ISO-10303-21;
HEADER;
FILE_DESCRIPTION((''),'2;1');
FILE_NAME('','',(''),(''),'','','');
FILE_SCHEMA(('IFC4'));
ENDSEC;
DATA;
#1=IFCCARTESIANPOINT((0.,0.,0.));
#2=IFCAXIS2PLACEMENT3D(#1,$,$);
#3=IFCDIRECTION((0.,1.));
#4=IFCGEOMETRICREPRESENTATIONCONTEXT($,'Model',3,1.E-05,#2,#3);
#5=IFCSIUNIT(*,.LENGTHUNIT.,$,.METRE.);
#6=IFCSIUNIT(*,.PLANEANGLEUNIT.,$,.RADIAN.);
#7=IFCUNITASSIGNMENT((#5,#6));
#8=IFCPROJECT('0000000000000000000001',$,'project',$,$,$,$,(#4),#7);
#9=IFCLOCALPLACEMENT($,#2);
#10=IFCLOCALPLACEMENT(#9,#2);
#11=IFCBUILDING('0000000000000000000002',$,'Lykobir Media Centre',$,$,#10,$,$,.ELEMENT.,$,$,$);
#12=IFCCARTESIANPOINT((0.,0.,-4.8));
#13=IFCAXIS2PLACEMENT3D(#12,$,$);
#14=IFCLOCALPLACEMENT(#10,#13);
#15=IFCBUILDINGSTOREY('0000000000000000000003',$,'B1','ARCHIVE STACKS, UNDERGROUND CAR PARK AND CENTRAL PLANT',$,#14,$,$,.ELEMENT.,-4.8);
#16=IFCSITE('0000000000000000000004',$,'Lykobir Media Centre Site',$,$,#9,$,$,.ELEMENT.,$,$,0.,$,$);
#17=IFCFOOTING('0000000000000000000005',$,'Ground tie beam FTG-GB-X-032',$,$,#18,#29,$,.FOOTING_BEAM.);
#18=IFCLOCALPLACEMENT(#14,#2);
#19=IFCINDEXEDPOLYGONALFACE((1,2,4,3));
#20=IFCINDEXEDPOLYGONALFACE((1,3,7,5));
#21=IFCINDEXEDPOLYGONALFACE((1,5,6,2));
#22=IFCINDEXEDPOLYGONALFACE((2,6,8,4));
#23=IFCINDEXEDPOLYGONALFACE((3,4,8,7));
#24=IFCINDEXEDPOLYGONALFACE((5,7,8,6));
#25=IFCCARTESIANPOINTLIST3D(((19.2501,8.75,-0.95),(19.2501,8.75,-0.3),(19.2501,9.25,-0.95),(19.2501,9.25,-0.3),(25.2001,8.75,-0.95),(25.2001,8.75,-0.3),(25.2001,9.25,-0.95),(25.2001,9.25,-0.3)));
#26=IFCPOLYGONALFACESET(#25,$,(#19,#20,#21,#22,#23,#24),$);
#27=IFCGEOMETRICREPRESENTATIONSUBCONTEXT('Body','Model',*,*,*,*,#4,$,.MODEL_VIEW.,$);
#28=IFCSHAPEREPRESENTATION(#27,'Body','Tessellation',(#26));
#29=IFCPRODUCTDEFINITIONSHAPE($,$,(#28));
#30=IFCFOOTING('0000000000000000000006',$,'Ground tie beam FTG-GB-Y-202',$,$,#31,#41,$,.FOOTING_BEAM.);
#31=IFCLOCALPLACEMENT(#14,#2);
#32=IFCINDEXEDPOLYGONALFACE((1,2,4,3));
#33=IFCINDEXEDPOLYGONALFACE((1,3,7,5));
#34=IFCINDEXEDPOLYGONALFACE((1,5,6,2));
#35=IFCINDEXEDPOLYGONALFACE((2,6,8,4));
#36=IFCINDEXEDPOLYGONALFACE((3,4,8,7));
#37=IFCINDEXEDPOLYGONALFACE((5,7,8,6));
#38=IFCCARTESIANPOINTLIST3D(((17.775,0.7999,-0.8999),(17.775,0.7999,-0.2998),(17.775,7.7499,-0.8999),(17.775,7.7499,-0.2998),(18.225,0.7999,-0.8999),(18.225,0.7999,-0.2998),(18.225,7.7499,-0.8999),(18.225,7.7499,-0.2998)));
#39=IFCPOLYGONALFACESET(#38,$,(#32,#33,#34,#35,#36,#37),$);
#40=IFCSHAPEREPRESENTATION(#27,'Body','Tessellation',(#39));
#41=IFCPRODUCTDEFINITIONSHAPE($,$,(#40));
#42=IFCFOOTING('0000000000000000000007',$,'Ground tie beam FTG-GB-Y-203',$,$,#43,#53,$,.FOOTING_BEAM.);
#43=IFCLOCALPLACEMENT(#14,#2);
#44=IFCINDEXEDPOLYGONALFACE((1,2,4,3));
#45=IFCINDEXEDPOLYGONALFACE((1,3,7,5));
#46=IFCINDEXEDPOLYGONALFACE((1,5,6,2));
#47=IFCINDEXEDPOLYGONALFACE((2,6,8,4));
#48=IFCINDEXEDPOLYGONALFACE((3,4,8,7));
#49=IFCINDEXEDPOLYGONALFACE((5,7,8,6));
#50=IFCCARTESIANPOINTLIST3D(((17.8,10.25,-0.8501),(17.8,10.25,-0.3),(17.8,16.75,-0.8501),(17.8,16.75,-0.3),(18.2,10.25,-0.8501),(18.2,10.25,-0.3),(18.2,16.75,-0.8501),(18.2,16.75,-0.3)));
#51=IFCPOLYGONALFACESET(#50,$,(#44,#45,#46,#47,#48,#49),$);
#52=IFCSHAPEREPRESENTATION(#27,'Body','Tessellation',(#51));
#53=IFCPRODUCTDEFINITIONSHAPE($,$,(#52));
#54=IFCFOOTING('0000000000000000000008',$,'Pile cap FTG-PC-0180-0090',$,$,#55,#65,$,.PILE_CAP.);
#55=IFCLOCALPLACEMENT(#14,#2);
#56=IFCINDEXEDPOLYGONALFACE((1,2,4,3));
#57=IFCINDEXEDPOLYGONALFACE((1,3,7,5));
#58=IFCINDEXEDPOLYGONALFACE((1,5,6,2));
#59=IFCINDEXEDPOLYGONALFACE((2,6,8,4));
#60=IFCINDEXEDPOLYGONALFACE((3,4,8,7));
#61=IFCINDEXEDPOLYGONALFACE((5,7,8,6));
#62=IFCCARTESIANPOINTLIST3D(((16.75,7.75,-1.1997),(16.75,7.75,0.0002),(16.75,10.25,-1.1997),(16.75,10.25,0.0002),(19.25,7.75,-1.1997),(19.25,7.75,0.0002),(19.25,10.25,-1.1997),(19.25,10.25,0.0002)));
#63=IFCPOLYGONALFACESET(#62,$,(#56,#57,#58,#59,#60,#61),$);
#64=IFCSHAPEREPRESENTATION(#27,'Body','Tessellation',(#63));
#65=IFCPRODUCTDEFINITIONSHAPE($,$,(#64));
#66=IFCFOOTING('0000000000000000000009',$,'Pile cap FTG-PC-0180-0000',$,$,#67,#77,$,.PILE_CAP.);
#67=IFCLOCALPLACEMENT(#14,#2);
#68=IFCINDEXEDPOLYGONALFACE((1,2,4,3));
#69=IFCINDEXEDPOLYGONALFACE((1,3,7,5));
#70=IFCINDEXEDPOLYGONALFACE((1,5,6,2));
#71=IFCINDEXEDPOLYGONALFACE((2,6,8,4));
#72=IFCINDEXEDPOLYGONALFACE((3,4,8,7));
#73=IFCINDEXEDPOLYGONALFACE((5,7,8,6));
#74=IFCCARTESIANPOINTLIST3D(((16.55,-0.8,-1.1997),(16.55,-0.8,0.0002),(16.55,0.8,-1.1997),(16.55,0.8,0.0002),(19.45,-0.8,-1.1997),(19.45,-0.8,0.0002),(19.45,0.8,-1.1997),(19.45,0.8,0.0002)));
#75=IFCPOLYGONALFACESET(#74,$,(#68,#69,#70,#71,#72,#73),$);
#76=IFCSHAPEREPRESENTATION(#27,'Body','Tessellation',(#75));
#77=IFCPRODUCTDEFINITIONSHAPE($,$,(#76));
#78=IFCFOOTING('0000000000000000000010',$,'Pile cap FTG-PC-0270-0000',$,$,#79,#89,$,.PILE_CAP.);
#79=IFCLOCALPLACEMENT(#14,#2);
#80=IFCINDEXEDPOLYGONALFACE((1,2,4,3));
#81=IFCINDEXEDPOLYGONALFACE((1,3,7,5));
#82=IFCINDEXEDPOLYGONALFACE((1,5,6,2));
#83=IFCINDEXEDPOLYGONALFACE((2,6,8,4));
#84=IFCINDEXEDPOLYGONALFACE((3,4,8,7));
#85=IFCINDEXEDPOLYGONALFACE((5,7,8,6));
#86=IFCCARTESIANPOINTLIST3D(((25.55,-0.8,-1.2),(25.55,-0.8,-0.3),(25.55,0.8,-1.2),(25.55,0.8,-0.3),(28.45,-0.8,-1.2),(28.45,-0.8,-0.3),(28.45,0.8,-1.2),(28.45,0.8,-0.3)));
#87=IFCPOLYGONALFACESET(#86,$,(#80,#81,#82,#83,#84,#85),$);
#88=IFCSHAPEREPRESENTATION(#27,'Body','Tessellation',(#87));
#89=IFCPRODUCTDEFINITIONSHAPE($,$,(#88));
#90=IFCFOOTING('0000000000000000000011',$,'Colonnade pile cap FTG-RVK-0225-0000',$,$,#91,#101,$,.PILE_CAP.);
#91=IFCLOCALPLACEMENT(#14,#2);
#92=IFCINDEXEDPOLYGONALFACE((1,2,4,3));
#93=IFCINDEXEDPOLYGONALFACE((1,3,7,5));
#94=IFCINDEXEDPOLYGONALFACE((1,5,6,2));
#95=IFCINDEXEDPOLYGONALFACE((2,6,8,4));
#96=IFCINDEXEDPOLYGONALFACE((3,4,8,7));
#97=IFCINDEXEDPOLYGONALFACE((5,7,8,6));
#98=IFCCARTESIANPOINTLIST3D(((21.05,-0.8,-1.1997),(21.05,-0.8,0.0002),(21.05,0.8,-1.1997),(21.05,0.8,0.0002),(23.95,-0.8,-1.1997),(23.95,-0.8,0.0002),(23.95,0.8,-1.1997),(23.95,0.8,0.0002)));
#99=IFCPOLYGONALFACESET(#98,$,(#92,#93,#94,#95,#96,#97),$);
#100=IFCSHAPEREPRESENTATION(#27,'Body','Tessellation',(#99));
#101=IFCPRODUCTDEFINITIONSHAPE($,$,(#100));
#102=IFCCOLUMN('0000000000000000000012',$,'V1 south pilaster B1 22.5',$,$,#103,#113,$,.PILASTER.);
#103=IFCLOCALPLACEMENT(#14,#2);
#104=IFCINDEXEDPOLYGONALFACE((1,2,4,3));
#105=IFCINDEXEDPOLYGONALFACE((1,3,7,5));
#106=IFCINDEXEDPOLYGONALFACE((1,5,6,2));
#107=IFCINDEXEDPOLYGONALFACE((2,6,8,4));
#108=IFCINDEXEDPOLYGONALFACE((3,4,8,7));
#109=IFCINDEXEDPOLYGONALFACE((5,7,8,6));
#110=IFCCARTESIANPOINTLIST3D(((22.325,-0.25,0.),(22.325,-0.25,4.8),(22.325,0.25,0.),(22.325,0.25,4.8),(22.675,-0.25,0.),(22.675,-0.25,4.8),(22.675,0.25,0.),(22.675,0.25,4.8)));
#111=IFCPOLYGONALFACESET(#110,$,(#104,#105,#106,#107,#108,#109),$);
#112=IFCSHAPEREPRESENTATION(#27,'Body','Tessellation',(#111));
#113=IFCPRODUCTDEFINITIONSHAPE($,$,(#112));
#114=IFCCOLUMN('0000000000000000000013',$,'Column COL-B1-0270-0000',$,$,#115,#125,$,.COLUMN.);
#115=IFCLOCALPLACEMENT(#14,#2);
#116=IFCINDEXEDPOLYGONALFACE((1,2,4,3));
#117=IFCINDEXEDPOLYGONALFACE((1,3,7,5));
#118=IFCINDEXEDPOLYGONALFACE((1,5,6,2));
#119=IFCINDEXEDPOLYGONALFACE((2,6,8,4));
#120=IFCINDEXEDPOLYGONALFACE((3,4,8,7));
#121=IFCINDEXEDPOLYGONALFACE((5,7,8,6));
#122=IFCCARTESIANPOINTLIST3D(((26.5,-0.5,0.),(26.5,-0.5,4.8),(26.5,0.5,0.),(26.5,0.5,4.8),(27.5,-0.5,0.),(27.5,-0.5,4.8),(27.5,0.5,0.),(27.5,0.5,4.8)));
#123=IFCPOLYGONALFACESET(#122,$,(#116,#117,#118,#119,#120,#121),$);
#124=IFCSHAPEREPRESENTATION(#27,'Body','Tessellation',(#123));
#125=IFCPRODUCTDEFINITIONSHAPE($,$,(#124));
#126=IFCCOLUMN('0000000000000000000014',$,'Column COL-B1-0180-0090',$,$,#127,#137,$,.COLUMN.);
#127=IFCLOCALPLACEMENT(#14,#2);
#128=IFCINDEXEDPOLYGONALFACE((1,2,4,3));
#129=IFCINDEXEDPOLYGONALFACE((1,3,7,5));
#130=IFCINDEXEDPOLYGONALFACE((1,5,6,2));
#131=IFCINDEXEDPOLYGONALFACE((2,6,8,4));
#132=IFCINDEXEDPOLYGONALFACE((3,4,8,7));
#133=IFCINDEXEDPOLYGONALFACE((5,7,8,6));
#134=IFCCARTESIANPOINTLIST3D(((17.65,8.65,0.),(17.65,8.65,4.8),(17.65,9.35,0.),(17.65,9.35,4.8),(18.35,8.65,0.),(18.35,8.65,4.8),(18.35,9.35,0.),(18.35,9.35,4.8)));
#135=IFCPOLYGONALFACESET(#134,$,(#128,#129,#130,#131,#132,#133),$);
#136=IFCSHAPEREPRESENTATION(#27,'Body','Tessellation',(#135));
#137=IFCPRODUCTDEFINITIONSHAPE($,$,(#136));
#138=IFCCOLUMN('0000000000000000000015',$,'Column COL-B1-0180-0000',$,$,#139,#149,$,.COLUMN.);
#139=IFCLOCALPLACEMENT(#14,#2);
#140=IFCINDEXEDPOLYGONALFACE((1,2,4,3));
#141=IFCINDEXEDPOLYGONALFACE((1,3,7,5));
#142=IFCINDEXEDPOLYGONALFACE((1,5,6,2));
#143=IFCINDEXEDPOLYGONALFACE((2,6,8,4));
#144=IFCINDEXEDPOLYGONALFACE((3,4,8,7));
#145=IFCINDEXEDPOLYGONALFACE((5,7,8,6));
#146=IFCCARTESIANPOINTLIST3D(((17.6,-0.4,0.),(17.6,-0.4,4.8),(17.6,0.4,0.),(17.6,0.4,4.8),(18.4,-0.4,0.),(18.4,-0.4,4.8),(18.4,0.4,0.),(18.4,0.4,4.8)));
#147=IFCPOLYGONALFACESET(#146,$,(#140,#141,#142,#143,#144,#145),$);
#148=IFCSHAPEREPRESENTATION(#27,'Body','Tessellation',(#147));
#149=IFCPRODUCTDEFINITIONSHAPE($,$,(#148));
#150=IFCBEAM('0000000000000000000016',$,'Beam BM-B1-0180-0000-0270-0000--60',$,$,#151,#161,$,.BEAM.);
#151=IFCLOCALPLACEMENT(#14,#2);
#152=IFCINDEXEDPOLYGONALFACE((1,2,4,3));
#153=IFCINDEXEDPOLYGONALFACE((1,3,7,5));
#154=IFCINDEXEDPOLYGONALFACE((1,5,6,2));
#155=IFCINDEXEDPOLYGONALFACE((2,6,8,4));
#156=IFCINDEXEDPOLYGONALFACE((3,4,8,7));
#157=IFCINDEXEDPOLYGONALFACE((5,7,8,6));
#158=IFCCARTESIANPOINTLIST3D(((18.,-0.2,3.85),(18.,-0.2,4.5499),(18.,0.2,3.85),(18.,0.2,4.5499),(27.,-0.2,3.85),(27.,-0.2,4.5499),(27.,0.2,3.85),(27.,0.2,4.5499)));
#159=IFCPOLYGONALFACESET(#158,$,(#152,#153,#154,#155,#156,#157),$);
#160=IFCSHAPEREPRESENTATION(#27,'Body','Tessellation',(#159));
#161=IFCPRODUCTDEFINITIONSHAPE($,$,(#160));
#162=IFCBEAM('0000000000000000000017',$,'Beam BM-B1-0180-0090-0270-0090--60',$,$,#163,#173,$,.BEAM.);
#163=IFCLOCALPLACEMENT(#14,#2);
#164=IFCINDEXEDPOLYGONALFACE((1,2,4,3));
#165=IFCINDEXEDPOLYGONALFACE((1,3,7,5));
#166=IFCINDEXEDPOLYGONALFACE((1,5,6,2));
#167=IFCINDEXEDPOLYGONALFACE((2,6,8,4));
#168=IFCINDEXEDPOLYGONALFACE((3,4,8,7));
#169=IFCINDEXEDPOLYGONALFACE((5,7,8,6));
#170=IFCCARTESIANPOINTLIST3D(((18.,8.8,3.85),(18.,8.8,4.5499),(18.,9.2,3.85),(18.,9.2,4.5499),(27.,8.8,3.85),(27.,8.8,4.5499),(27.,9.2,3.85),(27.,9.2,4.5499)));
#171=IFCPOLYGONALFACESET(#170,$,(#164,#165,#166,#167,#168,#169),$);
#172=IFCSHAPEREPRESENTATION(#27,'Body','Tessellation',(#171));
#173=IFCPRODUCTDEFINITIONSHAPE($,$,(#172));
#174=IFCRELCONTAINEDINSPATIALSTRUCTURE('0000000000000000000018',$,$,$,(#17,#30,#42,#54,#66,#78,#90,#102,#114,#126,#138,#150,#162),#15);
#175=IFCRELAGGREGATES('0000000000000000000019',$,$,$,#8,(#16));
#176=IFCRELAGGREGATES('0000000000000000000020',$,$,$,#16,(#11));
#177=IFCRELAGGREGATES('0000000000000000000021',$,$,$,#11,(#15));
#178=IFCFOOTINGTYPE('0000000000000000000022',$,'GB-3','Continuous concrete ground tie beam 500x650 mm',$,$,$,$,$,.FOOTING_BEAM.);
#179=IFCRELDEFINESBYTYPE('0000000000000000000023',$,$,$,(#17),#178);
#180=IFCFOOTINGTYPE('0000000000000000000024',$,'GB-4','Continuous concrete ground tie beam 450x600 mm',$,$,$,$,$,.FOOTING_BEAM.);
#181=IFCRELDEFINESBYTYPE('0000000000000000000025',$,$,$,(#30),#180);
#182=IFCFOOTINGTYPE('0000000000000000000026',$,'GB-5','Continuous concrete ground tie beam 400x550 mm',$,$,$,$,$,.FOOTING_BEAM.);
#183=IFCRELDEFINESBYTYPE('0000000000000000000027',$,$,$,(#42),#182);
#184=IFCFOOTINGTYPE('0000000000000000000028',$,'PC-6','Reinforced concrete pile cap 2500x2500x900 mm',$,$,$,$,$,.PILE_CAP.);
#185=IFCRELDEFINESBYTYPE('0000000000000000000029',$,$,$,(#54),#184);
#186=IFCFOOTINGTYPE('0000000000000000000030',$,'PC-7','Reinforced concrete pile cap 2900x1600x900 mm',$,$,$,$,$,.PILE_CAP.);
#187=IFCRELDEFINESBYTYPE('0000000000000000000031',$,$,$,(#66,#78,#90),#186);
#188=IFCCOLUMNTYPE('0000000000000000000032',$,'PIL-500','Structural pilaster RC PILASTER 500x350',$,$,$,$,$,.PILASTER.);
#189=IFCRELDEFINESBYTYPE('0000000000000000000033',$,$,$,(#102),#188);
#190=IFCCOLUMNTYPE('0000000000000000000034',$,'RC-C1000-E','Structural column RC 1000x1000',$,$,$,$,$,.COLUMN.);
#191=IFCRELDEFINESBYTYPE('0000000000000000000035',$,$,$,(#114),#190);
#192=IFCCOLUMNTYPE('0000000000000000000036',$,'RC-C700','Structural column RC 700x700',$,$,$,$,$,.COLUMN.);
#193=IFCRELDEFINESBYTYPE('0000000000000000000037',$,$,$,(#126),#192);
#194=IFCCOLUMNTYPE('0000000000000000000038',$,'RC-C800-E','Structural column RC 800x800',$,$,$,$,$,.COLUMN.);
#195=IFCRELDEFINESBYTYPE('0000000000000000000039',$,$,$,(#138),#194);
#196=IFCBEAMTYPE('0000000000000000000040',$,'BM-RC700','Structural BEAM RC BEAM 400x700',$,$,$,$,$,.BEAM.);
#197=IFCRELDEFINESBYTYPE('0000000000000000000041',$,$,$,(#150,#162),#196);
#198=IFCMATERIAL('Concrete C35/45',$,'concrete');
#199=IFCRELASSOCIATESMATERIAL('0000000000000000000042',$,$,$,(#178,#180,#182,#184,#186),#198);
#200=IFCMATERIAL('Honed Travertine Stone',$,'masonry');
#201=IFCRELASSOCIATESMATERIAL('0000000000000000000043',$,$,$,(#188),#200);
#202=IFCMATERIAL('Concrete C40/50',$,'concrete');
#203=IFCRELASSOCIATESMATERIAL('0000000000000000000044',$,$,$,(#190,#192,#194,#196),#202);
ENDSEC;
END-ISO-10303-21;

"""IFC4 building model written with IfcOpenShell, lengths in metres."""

from ifc_helpers import new_model, si_unit, direction, frame, origin, origin_2d, place, context, subcontext, project, spatial, rectangle, extrude, material, material_profile, profile_set, type_object, element, save


model = new_model("IFC4")

# Units and contexts
model_context = context("Model", 3, precision=1e-05, world=origin(), true_north=direction((0.0, 1.0)))
body_context = subcontext(model_context, "Body", "Model", "MODEL_VIEW")
ifc_project = project(units=[si_unit("LENGTHUNIT", "METRE"), si_unit("PLANEANGLEUNIT", "RADIAN")], contexts=[model_context])

# Site, building, storey
site_placement = place(None, origin())
site = spatial("IfcSite", under=ifc_project, at=site_placement, Name="Lykobir Media Centre Site", CompositionType="ELEMENT", RefElevation=0.0)
building_placement = place(site_placement, origin())
building = spatial("IfcBuilding", under=site, at=building_placement, Name="Lykobir Media Centre", CompositionType="ELEMENT")
storey_placement = place(building_placement, frame((0.0, 0.0, -4.8)))
storey = spatial("IfcBuildingStorey", under=building, at=storey_placement, Name="B1", Description="ARCHIVE STACKS, UNDERGROUND CAR PARK AND CENTRAL PLANT", CompositionType="ELEMENT", Elevation=-4.8)

# Footings
ifc_material_1 = material(Name="Concrete C35/45", Category="concrete")
footing_type_1 = type_object("IfcFootingType", Name="GB-3", Description="Continuous concrete ground tie beam 500x650 mm", PredefinedType="FOOTING_BEAM", material=ifc_material_1)
footing_1_placement = place(storey_placement, frame((22.2251, 9.0, -0.95), z_axis=(0.0, 0.0, 1.0), x_axis=(1.0, 0.0, 0.0)))
element("IfcFooting", 1, at=footing_1_placement, inside=storey, type_object=footing_type_1, Name="Ground tie beam FTG-GB-X-032", PredefinedType="FOOTING_BEAM", context=body_context, shape_type="SweptSolid", body=[
    extrude(rectangle(XDim=5.95, YDim=0.5, at=origin_2d()), origin(), (0.0, 0.0, 1.0), 0.6499),
])
footing_type_2 = type_object("IfcFootingType", Name="GB-4", Description="Continuous concrete ground tie beam 450x600 mm", PredefinedType="FOOTING_BEAM", material=ifc_material_1)
footing_2_placement = place(storey_placement, frame((18.0, 4.2749, -0.8999), z_axis=(0.0, 0.0, 1.0), x_axis=(0.0, 1.0, 0.0)))
element("IfcFooting", 2, at=footing_2_placement, inside=storey, type_object=footing_type_2, Name="Ground tie beam FTG-GB-Y-202", PredefinedType="FOOTING_BEAM", context=body_context, shape_type="SweptSolid", body=[
    extrude(rectangle(XDim=6.95, YDim=0.45, at=origin_2d()), origin(), (0.0, 0.0, 1.0), 0.6001),
])
footing_type_3 = type_object("IfcFootingType", Name="GB-5", Description="Continuous concrete ground tie beam 400x550 mm", PredefinedType="FOOTING_BEAM", material=ifc_material_1)
footing_3_placement = place(storey_placement, frame((18.0, 13.5, -0.8501), z_axis=(0.0, 0.0, 1.0), x_axis=(0.0, 1.0, 0.0)))
element("IfcFooting", 3, at=footing_3_placement, inside=storey, type_object=footing_type_3, Name="Ground tie beam FTG-GB-Y-203", PredefinedType="FOOTING_BEAM", context=body_context, shape_type="SweptSolid", body=[
    extrude(rectangle(XDim=6.5, YDim=0.3999, at=origin_2d()), origin(), (0.0, 0.0, 1.0), 0.55),
])
footing_type_4 = type_object("IfcFootingType", Name="PC-6", Description="Reinforced concrete pile cap 2500x2500x900 mm", PredefinedType="PILE_CAP", material=ifc_material_1)
footing_4_placement = place(storey_placement, frame((18.0, 9.0, -1.1997), z_axis=(0.0, 0.0, 1.0), x_axis=(1.0, 0.0, 0.0)))
element("IfcFooting", 4, at=footing_4_placement, inside=storey, type_object=footing_type_4, Name="Pile cap FTG-PC-0180-0090", PredefinedType="PILE_CAP", context=body_context, shape_type="SweptSolid", body=[
    extrude(rectangle(XDim=2.5, YDim=2.5, at=origin_2d()), origin(), (0.0, 0.0, 1.0), 1.2),
])
footing_type_5 = type_object("IfcFootingType", Name="PC-7", Description="Reinforced concrete pile cap 2900x1600x900 mm", PredefinedType="PILE_CAP", material=ifc_material_1)
footing_5_placement = place(storey_placement, frame((18.0, 0.0, -1.1997), z_axis=(0.0, 0.0, 1.0), x_axis=(1.0, 0.0, 0.0)))
element("IfcFooting", 5, at=footing_5_placement, inside=storey, type_object=footing_type_5, Name="Pile cap FTG-PC-0180-0000", PredefinedType="PILE_CAP", context=body_context, shape_type="SweptSolid", body=[
    extrude(rectangle(XDim=2.8999, YDim=1.6001, at=origin_2d()), origin(), (0.0, 0.0, 1.0), 1.2),
])
footing_6_placement = place(storey_placement, frame((27.0, 0.0, -1.2), z_axis=(0.0, 0.0, 1.0), x_axis=(1.0, 0.0, 0.0)))
element("IfcFooting", 6, at=footing_6_placement, inside=storey, type_object=footing_type_5, Name="Pile cap FTG-PC-0270-0000", PredefinedType="PILE_CAP", context=body_context, shape_type="SweptSolid", body=[
    extrude(rectangle(XDim=2.8999, YDim=1.6001, at=origin_2d()), origin(), (0.0, 0.0, 1.0), 0.8999),
])
footing_7_placement = place(storey_placement, frame((22.5, 0.0, -1.1997), z_axis=(0.0, 0.0, 1.0), x_axis=(1.0, 0.0, 0.0)))
element("IfcFooting", 7, at=footing_7_placement, inside=storey, type_object=footing_type_5, Name="Colonnade pile cap FTG-RVK-0225-0000", PredefinedType="PILE_CAP", context=body_context, shape_type="SweptSolid", body=[
    extrude(rectangle(XDim=2.8999, YDim=1.6001, at=origin_2d()), origin(), (0.0, 0.0, 1.0), 1.2),
])

# Columns
ifc_material_2 = material(Name="Honed Travertine Stone", Category="masonry")
ifc_material_profile_1 = material_profile(ifc_material_2, rectangle(XDim=0.3501, YDim=0.5, at=origin_2d()), Name="RC PILASTER 500x350")
ifc_profile_set_1 = profile_set([ifc_material_profile_1], Name="Honed Travertine Stone")
column_type_1 = type_object("IfcColumnType", Name="PIL-500", Description="Structural pilaster RC PILASTER 500x350", PredefinedType="PILASTER", material=ifc_profile_set_1)
column_1_placement = place(storey_placement, frame((22.5, 0.0, 0.0), z_axis=(0.0, 0.0, 1.0), x_axis=(1.0, 0.0, 0.0)))
element("IfcColumn", 8, at=column_1_placement, inside=storey, type_object=column_type_1, Name="V1 south pilaster B1 22.5", PredefinedType="PILASTER", context=body_context, shape_type="SweptSolid", body=[
    extrude(rectangle(XDim=0.3501, YDim=0.5, at=origin_2d()), origin(), (0.0, 0.0, 1.0), 4.8),
])
ifc_material_3 = material(Name="Concrete C40/50", Category="concrete")
ifc_material_profile_2 = material_profile(ifc_material_3, rectangle(XDim=1.0, YDim=1.0, at=origin_2d()), Name="RC 1000x1000")
ifc_profile_set_2 = profile_set([ifc_material_profile_2], Name="Concrete C40/50")
column_type_2 = type_object("IfcColumnType", Name="RC-C1000-E", Description="Structural column RC 1000x1000", PredefinedType="COLUMN", material=ifc_profile_set_2)
column_2_placement = place(storey_placement, frame((27.0, 0.0, 0.0), z_axis=(0.0, 0.0, 1.0), x_axis=(1.0, 0.0, 0.0)))
element("IfcColumn", 9, at=column_2_placement, inside=storey, type_object=column_type_2, Name="Column COL-B1-0270-0000", PredefinedType="COLUMN", context=body_context, shape_type="SweptSolid", body=[
    extrude(rectangle(XDim=1.0, YDim=1.0, at=origin_2d()), origin(), (0.0, 0.0, 1.0), 4.8),
])
ifc_material_profile_3 = material_profile(ifc_material_3, rectangle(XDim=0.7, YDim=0.7, at=origin_2d()), Name="RC 700x700")
ifc_profile_set_3 = profile_set([ifc_material_profile_3], Name="Concrete C40/50")
column_type_3 = type_object("IfcColumnType", Name="RC-C700", Description="Structural column RC 700x700", PredefinedType="COLUMN", material=ifc_profile_set_3)
column_3_placement = place(storey_placement, frame((18.0, 9.0, 0.0), z_axis=(0.0, 0.0, 1.0), x_axis=(1.0, 0.0, 0.0)))
element("IfcColumn", 10, at=column_3_placement, inside=storey, type_object=column_type_3, Name="Column COL-B1-0180-0090", PredefinedType="COLUMN", context=body_context, shape_type="SweptSolid", body=[
    extrude(rectangle(XDim=0.7, YDim=0.7, at=origin_2d()), origin(), (0.0, 0.0, 1.0), 4.8),
])
ifc_material_profile_4 = material_profile(ifc_material_3, rectangle(XDim=0.8, YDim=0.8, at=origin_2d()), Name="RC 800x800")
ifc_profile_set_4 = profile_set([ifc_material_profile_4], Name="Concrete C40/50")
column_type_4 = type_object("IfcColumnType", Name="RC-C800-E", Description="Structural column RC 800x800", PredefinedType="COLUMN", material=ifc_profile_set_4)
column_4_placement = place(storey_placement, frame((18.0, 0.0, 0.0), z_axis=(0.0, 0.0, 1.0), x_axis=(1.0, 0.0, 0.0)))
element("IfcColumn", 11, at=column_4_placement, inside=storey, type_object=column_type_4, Name="Column COL-B1-0180-0000", PredefinedType="COLUMN", context=body_context, shape_type="SweptSolid", body=[
    extrude(rectangle(XDim=0.8, YDim=0.8, at=origin_2d()), origin(), (0.0, 0.0, 1.0), 4.8),
])

# Beams
ifc_material_profile_5 = material_profile(ifc_material_3, rectangle(XDim=0.3999, YDim=0.7, at=origin_2d()), Name="RC BEAM 400x700")
ifc_profile_set_5 = profile_set([ifc_material_profile_5], Name="Concrete C40/50")
beam_type_1 = type_object("IfcBeamType", Name="BM-RC700", Description="Structural BEAM RC BEAM 400x700", PredefinedType="BEAM", material=ifc_profile_set_5)
for number, where, z_axis, x_axis, name in (
    (12, (18.0, 0.0, 4.2), (1.0, 0.0, 0.0), (0.0, 1.0, 0.0), "Beam BM-B1-0180-0000-0270-0000--60"),
    (13, (18.0, 9.0, 4.2), (1.0, 0.0, 0.0), (0.0, 1.0, 0.0), "Beam BM-B1-0180-0090-0270-0090--60"),
):
    element("IfcBeam", number, at=place(storey_placement, frame(where, z_axis=z_axis, x_axis=x_axis)), inside=storey, type_object=beam_type_1, Name=name, PredefinedType="BEAM", context=body_context, shape_type="SweptSolid", body=[
        extrude(rectangle(XDim=0.3999, YDim=0.7, at=origin_2d()), origin(), (0.0, 0.0, 1.0), 9.0),
    ])

save(model, "model.ifc")
